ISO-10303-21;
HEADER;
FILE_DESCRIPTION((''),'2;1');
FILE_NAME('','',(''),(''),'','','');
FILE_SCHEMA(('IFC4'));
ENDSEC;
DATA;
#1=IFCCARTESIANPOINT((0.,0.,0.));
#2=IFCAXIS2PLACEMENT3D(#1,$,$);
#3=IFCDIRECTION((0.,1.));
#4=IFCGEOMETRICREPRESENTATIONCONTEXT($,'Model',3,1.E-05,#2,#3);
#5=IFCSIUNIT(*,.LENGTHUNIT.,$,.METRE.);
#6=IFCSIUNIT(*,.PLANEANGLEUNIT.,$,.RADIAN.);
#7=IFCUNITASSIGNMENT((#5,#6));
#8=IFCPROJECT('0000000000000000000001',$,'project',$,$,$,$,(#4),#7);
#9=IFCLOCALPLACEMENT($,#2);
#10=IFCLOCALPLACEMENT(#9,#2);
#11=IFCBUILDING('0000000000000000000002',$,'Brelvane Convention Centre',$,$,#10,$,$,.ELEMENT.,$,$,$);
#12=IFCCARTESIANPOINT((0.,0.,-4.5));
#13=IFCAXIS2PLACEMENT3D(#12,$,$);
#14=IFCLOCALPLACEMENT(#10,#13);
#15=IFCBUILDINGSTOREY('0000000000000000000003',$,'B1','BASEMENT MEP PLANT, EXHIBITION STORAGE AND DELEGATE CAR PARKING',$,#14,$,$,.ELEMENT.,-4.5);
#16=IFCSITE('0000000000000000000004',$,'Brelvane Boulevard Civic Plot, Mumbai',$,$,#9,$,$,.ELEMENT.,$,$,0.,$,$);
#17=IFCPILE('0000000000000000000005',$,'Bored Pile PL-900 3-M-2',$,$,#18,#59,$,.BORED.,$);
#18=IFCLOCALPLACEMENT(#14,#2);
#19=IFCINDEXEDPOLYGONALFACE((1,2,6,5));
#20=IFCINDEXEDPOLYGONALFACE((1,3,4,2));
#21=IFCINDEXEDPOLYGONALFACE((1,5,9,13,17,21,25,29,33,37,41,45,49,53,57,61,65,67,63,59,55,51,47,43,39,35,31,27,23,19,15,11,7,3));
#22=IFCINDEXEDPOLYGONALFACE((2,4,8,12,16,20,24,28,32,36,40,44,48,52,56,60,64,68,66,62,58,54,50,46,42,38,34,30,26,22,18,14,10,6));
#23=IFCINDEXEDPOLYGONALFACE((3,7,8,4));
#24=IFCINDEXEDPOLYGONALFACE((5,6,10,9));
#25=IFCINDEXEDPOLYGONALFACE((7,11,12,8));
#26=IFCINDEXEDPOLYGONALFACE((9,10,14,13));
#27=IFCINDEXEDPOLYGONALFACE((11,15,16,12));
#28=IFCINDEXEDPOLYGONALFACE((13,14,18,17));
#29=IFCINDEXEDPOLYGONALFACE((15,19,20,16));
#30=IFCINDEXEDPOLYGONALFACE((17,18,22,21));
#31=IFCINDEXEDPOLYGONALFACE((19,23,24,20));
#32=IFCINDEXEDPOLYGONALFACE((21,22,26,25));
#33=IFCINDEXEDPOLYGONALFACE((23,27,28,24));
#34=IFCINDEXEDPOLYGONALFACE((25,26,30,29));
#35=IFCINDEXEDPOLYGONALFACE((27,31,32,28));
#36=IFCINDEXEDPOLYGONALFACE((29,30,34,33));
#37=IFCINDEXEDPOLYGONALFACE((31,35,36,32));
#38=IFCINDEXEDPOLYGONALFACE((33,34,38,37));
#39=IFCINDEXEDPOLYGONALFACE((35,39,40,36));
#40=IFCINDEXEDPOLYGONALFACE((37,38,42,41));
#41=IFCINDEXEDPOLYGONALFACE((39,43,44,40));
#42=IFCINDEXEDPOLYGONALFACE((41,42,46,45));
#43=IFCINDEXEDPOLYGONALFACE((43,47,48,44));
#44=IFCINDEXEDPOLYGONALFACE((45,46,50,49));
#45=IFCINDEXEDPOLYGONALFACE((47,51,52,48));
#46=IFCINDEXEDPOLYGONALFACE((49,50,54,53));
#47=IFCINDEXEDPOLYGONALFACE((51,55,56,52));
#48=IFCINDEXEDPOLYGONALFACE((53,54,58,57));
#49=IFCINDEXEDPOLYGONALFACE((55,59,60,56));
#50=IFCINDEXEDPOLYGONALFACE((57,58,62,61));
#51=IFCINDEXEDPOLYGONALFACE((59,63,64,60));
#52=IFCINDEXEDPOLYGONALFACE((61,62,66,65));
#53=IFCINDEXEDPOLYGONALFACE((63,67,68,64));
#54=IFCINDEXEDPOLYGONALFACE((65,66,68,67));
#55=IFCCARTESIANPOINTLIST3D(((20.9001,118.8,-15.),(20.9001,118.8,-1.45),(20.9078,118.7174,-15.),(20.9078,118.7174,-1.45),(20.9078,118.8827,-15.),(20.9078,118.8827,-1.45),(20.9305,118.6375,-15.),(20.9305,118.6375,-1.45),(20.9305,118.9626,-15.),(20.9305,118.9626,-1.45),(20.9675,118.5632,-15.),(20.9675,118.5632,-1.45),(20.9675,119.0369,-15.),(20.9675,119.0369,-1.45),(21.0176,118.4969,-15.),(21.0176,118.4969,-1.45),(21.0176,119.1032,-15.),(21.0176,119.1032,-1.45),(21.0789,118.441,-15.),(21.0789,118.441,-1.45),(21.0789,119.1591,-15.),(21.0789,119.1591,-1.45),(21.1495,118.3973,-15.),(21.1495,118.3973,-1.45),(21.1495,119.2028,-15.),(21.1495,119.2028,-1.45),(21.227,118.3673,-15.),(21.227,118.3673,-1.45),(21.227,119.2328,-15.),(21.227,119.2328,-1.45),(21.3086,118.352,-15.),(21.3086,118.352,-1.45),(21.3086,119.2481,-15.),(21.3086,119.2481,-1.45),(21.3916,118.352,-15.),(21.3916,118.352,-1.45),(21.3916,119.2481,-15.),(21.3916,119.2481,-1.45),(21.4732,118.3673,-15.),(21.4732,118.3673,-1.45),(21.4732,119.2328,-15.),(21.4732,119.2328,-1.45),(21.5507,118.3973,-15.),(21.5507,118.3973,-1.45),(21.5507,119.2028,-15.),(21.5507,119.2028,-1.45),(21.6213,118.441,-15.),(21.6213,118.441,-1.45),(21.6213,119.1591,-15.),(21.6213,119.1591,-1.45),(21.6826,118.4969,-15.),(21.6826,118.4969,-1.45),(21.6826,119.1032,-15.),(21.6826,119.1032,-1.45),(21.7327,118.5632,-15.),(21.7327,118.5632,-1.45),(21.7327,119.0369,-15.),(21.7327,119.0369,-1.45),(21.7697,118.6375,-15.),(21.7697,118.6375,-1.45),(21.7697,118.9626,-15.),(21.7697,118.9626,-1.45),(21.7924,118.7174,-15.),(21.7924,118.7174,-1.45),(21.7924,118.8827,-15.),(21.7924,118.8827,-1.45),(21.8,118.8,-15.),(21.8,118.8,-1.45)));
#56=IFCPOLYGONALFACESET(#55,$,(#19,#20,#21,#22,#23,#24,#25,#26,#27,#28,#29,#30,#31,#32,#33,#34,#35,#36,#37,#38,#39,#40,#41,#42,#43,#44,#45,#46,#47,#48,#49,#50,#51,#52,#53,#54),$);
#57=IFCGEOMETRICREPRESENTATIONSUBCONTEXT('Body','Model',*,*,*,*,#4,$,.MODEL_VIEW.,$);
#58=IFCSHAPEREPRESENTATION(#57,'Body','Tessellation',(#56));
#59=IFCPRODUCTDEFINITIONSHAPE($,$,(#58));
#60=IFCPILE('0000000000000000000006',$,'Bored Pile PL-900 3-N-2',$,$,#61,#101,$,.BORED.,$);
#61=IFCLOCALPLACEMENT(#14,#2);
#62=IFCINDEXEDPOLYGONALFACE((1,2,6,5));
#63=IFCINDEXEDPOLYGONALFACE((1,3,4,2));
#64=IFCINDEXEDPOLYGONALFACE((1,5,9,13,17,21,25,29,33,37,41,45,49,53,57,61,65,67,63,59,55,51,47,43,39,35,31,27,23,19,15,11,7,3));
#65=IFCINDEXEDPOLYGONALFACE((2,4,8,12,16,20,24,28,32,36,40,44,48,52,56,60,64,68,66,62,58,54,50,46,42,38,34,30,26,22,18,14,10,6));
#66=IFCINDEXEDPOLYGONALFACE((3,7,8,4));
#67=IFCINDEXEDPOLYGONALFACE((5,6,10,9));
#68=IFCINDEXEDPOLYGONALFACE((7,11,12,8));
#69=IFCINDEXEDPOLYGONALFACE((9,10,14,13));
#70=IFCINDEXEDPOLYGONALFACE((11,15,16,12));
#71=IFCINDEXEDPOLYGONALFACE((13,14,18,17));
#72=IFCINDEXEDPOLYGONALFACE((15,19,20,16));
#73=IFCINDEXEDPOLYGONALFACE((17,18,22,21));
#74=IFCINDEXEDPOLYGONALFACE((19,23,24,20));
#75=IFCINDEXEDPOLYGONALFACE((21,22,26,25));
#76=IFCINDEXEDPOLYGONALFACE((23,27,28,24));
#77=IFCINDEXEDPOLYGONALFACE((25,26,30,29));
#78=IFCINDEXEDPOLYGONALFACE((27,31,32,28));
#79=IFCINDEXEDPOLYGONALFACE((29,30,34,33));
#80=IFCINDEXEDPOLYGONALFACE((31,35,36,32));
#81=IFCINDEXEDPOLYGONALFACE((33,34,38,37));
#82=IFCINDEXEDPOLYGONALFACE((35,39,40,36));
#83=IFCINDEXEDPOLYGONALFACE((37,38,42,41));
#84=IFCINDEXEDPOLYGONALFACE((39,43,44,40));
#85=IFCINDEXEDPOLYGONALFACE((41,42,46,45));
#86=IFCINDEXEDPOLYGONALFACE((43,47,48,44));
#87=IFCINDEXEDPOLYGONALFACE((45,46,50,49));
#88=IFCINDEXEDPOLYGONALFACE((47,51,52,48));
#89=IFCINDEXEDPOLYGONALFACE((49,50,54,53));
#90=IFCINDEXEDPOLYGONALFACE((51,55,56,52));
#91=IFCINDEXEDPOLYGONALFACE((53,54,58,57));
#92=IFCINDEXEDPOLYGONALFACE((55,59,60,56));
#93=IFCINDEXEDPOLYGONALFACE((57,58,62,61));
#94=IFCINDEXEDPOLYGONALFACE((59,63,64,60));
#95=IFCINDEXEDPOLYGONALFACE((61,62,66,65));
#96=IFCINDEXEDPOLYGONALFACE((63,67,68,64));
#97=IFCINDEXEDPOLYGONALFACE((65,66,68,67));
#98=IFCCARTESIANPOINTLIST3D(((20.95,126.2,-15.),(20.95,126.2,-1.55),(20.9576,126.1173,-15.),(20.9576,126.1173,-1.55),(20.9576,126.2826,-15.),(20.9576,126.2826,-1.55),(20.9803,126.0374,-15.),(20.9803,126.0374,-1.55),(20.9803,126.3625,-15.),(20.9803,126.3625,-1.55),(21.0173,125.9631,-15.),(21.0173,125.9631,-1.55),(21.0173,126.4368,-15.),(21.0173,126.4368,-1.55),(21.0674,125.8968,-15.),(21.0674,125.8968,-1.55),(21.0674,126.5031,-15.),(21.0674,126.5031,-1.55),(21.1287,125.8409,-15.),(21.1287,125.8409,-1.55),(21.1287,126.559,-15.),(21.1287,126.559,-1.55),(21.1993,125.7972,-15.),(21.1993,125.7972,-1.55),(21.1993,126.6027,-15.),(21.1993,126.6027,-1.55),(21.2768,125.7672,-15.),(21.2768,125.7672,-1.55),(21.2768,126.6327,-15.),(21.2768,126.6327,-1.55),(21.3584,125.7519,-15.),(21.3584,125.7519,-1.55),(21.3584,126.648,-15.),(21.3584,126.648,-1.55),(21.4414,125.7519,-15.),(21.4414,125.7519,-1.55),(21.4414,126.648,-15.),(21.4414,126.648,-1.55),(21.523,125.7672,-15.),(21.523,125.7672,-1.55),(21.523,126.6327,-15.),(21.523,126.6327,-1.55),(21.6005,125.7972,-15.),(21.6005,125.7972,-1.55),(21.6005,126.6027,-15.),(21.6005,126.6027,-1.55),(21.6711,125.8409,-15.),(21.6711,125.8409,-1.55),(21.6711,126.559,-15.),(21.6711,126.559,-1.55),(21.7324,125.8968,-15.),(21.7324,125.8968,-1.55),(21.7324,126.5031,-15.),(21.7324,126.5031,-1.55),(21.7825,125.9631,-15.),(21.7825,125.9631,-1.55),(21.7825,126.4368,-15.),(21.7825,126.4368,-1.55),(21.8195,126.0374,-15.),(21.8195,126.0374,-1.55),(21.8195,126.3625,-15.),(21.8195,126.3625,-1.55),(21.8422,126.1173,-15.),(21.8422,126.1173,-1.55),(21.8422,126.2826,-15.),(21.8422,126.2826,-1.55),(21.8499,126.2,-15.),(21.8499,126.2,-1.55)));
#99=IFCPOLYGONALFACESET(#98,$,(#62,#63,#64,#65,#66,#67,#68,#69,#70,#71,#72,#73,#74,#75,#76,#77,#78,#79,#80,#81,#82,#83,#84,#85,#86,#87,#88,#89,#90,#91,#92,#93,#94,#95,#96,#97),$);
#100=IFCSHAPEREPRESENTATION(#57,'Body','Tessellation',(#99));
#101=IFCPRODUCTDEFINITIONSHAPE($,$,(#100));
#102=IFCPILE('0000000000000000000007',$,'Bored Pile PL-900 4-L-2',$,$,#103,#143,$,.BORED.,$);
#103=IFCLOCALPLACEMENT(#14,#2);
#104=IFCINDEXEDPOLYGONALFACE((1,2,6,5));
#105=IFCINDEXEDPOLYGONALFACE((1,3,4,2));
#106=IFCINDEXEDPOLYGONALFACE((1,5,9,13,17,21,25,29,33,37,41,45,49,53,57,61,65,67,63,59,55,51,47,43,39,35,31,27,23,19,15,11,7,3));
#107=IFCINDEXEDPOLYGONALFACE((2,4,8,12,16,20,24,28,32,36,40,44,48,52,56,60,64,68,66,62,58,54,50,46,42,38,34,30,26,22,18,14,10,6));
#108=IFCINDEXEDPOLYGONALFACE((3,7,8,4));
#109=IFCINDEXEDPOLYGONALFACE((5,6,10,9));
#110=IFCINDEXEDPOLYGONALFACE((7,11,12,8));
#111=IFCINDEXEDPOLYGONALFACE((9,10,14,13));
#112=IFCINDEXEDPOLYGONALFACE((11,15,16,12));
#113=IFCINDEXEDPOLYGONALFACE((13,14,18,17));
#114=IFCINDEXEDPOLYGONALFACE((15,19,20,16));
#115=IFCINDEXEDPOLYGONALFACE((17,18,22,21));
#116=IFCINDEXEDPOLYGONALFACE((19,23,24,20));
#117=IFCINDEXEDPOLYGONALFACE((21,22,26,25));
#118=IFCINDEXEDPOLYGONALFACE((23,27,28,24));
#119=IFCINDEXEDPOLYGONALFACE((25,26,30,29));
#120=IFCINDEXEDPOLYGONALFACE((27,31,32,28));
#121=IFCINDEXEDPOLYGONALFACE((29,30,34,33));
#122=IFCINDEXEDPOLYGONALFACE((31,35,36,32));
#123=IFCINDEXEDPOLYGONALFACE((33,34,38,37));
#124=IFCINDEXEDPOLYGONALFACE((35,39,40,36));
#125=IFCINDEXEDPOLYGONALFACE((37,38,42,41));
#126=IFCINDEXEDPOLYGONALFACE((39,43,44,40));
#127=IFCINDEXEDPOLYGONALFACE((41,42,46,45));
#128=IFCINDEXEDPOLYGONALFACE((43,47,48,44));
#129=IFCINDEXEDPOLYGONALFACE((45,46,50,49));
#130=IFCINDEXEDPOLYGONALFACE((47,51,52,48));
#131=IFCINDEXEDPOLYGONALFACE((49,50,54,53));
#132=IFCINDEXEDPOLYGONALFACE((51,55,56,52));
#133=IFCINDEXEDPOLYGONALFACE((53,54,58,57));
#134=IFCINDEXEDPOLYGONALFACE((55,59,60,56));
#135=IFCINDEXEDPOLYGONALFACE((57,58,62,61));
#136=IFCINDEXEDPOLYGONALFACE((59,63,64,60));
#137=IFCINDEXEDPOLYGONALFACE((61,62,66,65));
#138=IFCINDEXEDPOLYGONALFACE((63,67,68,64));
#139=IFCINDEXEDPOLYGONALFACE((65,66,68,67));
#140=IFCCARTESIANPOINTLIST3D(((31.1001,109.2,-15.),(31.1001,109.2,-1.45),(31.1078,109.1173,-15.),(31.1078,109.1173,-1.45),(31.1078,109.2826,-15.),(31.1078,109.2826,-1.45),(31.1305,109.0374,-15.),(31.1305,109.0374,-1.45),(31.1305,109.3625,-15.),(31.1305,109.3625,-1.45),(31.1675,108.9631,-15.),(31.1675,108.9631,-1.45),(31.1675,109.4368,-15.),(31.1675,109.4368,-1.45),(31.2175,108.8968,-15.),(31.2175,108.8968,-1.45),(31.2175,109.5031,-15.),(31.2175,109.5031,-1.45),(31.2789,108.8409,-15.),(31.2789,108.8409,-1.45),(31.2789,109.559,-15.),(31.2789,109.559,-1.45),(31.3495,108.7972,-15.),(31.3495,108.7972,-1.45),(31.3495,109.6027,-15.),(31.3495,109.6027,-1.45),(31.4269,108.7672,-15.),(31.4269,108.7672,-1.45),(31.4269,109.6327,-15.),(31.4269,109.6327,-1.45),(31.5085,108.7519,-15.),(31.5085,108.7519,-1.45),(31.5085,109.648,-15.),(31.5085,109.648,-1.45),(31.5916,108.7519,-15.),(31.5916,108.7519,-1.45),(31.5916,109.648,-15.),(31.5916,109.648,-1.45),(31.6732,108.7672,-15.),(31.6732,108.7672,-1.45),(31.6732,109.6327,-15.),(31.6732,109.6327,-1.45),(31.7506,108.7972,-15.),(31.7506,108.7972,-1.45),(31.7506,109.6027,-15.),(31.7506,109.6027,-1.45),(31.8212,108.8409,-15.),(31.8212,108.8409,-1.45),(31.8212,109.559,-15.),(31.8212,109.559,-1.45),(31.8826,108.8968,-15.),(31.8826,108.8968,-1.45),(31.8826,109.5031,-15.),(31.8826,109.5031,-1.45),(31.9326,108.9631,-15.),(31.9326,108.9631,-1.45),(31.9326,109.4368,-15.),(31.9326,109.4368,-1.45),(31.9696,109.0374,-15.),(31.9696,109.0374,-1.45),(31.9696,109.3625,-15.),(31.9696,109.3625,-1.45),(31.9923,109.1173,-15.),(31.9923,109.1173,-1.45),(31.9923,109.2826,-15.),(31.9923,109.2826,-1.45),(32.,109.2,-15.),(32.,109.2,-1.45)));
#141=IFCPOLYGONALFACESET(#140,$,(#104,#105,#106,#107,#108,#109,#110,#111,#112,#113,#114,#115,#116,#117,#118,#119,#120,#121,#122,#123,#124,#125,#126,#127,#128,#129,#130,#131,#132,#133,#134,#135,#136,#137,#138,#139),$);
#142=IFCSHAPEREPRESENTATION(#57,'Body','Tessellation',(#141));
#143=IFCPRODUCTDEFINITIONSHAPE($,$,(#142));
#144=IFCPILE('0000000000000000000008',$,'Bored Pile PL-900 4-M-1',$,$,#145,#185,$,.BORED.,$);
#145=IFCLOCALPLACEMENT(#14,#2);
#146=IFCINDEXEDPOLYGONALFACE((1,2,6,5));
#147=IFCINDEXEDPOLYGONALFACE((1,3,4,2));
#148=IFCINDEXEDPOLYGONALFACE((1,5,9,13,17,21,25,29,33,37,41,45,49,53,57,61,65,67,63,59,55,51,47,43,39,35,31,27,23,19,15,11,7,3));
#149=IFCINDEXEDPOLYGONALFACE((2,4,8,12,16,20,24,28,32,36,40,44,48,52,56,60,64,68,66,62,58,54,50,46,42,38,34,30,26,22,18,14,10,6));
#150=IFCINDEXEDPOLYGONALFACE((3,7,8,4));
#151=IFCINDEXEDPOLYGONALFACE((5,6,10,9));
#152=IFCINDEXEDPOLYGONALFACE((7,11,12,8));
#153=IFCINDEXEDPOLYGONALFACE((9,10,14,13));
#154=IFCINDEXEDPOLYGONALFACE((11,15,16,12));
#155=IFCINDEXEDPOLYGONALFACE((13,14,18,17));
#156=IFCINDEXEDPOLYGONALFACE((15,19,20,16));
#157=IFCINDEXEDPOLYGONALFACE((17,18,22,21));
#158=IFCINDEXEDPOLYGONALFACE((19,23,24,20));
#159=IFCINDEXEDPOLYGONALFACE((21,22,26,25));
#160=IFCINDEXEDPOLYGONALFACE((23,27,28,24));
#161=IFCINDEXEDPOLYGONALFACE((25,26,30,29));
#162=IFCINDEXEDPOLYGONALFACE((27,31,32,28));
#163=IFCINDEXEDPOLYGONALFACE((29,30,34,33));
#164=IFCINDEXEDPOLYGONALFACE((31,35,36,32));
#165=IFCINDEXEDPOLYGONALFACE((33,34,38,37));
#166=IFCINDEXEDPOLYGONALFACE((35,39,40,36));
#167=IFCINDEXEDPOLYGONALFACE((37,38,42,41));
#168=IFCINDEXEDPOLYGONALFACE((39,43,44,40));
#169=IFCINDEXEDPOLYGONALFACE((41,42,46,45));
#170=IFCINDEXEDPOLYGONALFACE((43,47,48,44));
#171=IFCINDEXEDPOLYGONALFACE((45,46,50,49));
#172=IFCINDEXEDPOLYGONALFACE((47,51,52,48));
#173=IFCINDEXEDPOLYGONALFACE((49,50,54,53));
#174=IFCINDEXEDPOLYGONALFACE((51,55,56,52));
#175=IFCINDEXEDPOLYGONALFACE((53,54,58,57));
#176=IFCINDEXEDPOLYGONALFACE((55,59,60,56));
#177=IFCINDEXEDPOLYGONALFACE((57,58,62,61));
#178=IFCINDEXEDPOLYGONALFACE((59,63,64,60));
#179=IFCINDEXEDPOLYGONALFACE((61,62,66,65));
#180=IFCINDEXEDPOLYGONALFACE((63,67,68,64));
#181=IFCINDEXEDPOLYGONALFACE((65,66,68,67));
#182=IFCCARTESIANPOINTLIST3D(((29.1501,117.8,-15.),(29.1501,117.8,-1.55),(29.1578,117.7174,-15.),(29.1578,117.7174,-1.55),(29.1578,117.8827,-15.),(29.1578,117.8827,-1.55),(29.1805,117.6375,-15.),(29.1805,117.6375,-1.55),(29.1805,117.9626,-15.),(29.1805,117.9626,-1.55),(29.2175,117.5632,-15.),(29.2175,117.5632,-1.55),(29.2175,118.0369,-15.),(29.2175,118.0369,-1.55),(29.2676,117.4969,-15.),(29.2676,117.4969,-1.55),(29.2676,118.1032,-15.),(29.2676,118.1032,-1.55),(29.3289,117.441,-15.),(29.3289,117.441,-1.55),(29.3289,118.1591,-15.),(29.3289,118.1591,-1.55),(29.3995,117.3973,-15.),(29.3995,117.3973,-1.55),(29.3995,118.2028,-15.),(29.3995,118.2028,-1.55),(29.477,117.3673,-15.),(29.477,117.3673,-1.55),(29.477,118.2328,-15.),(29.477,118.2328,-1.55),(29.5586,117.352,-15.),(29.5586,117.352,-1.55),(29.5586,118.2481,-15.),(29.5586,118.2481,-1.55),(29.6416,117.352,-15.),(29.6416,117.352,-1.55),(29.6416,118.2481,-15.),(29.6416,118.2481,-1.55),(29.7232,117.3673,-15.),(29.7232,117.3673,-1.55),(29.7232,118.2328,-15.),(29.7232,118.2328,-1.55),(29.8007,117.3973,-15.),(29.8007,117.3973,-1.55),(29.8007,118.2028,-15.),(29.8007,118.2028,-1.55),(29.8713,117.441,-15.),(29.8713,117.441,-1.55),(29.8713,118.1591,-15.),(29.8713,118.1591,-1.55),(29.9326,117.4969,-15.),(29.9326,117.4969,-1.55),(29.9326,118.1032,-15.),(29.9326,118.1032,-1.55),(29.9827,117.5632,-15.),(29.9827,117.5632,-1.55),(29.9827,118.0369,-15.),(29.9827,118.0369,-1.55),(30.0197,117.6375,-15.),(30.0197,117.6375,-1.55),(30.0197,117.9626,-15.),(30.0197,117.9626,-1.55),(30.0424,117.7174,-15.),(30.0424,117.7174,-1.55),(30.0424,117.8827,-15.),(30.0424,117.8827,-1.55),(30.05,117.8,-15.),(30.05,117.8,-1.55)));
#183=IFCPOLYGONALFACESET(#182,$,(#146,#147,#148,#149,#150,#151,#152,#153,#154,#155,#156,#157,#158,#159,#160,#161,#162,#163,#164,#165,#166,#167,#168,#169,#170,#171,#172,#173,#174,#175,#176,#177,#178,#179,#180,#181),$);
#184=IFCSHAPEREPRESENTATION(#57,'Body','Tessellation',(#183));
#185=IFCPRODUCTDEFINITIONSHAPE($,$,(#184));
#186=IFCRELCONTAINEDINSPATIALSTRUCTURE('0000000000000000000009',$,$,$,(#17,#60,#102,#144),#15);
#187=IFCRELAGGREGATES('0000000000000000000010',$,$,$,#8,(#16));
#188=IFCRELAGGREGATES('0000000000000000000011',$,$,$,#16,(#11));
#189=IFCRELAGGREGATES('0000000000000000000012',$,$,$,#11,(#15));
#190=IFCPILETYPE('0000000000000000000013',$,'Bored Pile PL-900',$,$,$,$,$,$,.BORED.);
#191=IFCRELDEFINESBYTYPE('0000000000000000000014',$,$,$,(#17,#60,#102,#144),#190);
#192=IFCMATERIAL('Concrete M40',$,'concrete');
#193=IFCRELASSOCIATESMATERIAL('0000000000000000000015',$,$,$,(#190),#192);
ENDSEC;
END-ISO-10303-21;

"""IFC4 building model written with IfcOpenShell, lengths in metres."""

from ifc_helpers import new_model, si_unit, direction, frame, origin, origin_2d, place, context, subcontext, project, spatial, circle, extrude, material, material_profile, profile_set, type_object, element, save


model = new_model("IFC4")

# Units and contexts
model_context = context("Model", 3, precision=1e-05, world=origin(), true_north=direction((0.0, 1.0)))
body_context = subcontext(model_context, "Body", "Model", "MODEL_VIEW")
ifc_project = project(units=[si_unit("LENGTHUNIT", "METRE"), si_unit("PLANEANGLEUNIT", "RADIAN")], contexts=[model_context])

# Site, building, storey
site_placement = place(None, origin())
site = spatial("IfcSite", under=ifc_project, at=site_placement, Name="Brelvane Boulevard Civic Plot, Mumbai", CompositionType="ELEMENT", RefElevation=0.0)
building_placement = place(site_placement, origin())
building = spatial("IfcBuilding", under=site, at=building_placement, Name="Brelvane Convention Centre", CompositionType="ELEMENT")
storey_placement = place(building_placement, frame((0.0, 0.0, -4.5)))
storey = spatial("IfcBuildingStorey", under=building, at=storey_placement, Name="B1", Description="BASEMENT MEP PLANT, EXHIBITION STORAGE AND DELEGATE CAR PARKING", CompositionType="ELEMENT", Elevation=-4.5)

# Piles
ifc_material_1 = material(Name="Concrete M40", Category="concrete")
ifc_material_profile_1 = material_profile(ifc_material_1, circle(Radius=0.45, at=origin_2d()), Name="PILE D900")
ifc_profile_set_1 = profile_set([ifc_material_profile_1], Name="Concrete M40")
pile_type = type_object("IfcPileType", Name="Bored Pile PL-900", PredefinedType="BORED", material=ifc_profile_set_1)
pile_1_placement = place(storey_placement, frame((21.3501, 118.8, -1.45), z_axis=(0.0, 0.0, -1.0), x_axis=(1.0, 0.0, 0.0)))
element("IfcPile", 1, at=pile_1_placement, inside=storey, type_object=pile_type, Name="Bored Pile PL-900 3-M-2", PredefinedType="BORED", context=body_context, shape_type="SweptSolid", body=[
    extrude(circle(Radius=0.45, at=origin_2d()), origin(), (0.0, 0.0, 1.0), 13.55),
])
pile_2_placement = place(storey_placement, frame((21.3999, 126.2, -1.55), z_axis=(0.0, 0.0, -1.0), x_axis=(1.0, 0.0, 0.0)))
element("IfcPile", 2, at=pile_2_placement, inside=storey, type_object=pile_type, Name="Bored Pile PL-900 3-N-2", PredefinedType="BORED", context=body_context, shape_type="SweptSolid", body=[
    extrude(circle(Radius=0.45, at=origin_2d()), origin(), (0.0, 0.0, 1.0), 13.45),
])
pile_3_placement = place(storey_placement, frame((31.55, 109.2, -1.45), z_axis=(0.0, 0.0, -1.0), x_axis=(1.0, 0.0, 0.0)))
element("IfcPile", 3, at=pile_3_placement, inside=storey, type_object=pile_type, Name="Bored Pile PL-900 4-L-2", PredefinedType="BORED", context=body_context, shape_type="SweptSolid", body=[
    extrude(circle(Radius=0.45, at=origin_2d()), origin(), (0.0, 0.0, 1.0), 13.55),
])
for number, where, z_axis, x_axis, name in (
    (4, (29.6001, 117.8, -1.55), (0.0, 0.0, -1.0), (1.0, 0.0, 0.0), "Bored Pile PL-900 4-M-1"),
):
    element("IfcPile", number, at=place(storey_placement, frame(where, z_axis=z_axis, x_axis=x_axis)), inside=storey, type_object=pile_type, Name=name, PredefinedType="BORED", context=body_context, shape_type="SweptSolid", body=[
        extrude(circle(Radius=0.45, at=origin_2d()), origin(), (0.0, 0.0, 1.0), 13.45),
    ])

save(model, "model.ifc")
